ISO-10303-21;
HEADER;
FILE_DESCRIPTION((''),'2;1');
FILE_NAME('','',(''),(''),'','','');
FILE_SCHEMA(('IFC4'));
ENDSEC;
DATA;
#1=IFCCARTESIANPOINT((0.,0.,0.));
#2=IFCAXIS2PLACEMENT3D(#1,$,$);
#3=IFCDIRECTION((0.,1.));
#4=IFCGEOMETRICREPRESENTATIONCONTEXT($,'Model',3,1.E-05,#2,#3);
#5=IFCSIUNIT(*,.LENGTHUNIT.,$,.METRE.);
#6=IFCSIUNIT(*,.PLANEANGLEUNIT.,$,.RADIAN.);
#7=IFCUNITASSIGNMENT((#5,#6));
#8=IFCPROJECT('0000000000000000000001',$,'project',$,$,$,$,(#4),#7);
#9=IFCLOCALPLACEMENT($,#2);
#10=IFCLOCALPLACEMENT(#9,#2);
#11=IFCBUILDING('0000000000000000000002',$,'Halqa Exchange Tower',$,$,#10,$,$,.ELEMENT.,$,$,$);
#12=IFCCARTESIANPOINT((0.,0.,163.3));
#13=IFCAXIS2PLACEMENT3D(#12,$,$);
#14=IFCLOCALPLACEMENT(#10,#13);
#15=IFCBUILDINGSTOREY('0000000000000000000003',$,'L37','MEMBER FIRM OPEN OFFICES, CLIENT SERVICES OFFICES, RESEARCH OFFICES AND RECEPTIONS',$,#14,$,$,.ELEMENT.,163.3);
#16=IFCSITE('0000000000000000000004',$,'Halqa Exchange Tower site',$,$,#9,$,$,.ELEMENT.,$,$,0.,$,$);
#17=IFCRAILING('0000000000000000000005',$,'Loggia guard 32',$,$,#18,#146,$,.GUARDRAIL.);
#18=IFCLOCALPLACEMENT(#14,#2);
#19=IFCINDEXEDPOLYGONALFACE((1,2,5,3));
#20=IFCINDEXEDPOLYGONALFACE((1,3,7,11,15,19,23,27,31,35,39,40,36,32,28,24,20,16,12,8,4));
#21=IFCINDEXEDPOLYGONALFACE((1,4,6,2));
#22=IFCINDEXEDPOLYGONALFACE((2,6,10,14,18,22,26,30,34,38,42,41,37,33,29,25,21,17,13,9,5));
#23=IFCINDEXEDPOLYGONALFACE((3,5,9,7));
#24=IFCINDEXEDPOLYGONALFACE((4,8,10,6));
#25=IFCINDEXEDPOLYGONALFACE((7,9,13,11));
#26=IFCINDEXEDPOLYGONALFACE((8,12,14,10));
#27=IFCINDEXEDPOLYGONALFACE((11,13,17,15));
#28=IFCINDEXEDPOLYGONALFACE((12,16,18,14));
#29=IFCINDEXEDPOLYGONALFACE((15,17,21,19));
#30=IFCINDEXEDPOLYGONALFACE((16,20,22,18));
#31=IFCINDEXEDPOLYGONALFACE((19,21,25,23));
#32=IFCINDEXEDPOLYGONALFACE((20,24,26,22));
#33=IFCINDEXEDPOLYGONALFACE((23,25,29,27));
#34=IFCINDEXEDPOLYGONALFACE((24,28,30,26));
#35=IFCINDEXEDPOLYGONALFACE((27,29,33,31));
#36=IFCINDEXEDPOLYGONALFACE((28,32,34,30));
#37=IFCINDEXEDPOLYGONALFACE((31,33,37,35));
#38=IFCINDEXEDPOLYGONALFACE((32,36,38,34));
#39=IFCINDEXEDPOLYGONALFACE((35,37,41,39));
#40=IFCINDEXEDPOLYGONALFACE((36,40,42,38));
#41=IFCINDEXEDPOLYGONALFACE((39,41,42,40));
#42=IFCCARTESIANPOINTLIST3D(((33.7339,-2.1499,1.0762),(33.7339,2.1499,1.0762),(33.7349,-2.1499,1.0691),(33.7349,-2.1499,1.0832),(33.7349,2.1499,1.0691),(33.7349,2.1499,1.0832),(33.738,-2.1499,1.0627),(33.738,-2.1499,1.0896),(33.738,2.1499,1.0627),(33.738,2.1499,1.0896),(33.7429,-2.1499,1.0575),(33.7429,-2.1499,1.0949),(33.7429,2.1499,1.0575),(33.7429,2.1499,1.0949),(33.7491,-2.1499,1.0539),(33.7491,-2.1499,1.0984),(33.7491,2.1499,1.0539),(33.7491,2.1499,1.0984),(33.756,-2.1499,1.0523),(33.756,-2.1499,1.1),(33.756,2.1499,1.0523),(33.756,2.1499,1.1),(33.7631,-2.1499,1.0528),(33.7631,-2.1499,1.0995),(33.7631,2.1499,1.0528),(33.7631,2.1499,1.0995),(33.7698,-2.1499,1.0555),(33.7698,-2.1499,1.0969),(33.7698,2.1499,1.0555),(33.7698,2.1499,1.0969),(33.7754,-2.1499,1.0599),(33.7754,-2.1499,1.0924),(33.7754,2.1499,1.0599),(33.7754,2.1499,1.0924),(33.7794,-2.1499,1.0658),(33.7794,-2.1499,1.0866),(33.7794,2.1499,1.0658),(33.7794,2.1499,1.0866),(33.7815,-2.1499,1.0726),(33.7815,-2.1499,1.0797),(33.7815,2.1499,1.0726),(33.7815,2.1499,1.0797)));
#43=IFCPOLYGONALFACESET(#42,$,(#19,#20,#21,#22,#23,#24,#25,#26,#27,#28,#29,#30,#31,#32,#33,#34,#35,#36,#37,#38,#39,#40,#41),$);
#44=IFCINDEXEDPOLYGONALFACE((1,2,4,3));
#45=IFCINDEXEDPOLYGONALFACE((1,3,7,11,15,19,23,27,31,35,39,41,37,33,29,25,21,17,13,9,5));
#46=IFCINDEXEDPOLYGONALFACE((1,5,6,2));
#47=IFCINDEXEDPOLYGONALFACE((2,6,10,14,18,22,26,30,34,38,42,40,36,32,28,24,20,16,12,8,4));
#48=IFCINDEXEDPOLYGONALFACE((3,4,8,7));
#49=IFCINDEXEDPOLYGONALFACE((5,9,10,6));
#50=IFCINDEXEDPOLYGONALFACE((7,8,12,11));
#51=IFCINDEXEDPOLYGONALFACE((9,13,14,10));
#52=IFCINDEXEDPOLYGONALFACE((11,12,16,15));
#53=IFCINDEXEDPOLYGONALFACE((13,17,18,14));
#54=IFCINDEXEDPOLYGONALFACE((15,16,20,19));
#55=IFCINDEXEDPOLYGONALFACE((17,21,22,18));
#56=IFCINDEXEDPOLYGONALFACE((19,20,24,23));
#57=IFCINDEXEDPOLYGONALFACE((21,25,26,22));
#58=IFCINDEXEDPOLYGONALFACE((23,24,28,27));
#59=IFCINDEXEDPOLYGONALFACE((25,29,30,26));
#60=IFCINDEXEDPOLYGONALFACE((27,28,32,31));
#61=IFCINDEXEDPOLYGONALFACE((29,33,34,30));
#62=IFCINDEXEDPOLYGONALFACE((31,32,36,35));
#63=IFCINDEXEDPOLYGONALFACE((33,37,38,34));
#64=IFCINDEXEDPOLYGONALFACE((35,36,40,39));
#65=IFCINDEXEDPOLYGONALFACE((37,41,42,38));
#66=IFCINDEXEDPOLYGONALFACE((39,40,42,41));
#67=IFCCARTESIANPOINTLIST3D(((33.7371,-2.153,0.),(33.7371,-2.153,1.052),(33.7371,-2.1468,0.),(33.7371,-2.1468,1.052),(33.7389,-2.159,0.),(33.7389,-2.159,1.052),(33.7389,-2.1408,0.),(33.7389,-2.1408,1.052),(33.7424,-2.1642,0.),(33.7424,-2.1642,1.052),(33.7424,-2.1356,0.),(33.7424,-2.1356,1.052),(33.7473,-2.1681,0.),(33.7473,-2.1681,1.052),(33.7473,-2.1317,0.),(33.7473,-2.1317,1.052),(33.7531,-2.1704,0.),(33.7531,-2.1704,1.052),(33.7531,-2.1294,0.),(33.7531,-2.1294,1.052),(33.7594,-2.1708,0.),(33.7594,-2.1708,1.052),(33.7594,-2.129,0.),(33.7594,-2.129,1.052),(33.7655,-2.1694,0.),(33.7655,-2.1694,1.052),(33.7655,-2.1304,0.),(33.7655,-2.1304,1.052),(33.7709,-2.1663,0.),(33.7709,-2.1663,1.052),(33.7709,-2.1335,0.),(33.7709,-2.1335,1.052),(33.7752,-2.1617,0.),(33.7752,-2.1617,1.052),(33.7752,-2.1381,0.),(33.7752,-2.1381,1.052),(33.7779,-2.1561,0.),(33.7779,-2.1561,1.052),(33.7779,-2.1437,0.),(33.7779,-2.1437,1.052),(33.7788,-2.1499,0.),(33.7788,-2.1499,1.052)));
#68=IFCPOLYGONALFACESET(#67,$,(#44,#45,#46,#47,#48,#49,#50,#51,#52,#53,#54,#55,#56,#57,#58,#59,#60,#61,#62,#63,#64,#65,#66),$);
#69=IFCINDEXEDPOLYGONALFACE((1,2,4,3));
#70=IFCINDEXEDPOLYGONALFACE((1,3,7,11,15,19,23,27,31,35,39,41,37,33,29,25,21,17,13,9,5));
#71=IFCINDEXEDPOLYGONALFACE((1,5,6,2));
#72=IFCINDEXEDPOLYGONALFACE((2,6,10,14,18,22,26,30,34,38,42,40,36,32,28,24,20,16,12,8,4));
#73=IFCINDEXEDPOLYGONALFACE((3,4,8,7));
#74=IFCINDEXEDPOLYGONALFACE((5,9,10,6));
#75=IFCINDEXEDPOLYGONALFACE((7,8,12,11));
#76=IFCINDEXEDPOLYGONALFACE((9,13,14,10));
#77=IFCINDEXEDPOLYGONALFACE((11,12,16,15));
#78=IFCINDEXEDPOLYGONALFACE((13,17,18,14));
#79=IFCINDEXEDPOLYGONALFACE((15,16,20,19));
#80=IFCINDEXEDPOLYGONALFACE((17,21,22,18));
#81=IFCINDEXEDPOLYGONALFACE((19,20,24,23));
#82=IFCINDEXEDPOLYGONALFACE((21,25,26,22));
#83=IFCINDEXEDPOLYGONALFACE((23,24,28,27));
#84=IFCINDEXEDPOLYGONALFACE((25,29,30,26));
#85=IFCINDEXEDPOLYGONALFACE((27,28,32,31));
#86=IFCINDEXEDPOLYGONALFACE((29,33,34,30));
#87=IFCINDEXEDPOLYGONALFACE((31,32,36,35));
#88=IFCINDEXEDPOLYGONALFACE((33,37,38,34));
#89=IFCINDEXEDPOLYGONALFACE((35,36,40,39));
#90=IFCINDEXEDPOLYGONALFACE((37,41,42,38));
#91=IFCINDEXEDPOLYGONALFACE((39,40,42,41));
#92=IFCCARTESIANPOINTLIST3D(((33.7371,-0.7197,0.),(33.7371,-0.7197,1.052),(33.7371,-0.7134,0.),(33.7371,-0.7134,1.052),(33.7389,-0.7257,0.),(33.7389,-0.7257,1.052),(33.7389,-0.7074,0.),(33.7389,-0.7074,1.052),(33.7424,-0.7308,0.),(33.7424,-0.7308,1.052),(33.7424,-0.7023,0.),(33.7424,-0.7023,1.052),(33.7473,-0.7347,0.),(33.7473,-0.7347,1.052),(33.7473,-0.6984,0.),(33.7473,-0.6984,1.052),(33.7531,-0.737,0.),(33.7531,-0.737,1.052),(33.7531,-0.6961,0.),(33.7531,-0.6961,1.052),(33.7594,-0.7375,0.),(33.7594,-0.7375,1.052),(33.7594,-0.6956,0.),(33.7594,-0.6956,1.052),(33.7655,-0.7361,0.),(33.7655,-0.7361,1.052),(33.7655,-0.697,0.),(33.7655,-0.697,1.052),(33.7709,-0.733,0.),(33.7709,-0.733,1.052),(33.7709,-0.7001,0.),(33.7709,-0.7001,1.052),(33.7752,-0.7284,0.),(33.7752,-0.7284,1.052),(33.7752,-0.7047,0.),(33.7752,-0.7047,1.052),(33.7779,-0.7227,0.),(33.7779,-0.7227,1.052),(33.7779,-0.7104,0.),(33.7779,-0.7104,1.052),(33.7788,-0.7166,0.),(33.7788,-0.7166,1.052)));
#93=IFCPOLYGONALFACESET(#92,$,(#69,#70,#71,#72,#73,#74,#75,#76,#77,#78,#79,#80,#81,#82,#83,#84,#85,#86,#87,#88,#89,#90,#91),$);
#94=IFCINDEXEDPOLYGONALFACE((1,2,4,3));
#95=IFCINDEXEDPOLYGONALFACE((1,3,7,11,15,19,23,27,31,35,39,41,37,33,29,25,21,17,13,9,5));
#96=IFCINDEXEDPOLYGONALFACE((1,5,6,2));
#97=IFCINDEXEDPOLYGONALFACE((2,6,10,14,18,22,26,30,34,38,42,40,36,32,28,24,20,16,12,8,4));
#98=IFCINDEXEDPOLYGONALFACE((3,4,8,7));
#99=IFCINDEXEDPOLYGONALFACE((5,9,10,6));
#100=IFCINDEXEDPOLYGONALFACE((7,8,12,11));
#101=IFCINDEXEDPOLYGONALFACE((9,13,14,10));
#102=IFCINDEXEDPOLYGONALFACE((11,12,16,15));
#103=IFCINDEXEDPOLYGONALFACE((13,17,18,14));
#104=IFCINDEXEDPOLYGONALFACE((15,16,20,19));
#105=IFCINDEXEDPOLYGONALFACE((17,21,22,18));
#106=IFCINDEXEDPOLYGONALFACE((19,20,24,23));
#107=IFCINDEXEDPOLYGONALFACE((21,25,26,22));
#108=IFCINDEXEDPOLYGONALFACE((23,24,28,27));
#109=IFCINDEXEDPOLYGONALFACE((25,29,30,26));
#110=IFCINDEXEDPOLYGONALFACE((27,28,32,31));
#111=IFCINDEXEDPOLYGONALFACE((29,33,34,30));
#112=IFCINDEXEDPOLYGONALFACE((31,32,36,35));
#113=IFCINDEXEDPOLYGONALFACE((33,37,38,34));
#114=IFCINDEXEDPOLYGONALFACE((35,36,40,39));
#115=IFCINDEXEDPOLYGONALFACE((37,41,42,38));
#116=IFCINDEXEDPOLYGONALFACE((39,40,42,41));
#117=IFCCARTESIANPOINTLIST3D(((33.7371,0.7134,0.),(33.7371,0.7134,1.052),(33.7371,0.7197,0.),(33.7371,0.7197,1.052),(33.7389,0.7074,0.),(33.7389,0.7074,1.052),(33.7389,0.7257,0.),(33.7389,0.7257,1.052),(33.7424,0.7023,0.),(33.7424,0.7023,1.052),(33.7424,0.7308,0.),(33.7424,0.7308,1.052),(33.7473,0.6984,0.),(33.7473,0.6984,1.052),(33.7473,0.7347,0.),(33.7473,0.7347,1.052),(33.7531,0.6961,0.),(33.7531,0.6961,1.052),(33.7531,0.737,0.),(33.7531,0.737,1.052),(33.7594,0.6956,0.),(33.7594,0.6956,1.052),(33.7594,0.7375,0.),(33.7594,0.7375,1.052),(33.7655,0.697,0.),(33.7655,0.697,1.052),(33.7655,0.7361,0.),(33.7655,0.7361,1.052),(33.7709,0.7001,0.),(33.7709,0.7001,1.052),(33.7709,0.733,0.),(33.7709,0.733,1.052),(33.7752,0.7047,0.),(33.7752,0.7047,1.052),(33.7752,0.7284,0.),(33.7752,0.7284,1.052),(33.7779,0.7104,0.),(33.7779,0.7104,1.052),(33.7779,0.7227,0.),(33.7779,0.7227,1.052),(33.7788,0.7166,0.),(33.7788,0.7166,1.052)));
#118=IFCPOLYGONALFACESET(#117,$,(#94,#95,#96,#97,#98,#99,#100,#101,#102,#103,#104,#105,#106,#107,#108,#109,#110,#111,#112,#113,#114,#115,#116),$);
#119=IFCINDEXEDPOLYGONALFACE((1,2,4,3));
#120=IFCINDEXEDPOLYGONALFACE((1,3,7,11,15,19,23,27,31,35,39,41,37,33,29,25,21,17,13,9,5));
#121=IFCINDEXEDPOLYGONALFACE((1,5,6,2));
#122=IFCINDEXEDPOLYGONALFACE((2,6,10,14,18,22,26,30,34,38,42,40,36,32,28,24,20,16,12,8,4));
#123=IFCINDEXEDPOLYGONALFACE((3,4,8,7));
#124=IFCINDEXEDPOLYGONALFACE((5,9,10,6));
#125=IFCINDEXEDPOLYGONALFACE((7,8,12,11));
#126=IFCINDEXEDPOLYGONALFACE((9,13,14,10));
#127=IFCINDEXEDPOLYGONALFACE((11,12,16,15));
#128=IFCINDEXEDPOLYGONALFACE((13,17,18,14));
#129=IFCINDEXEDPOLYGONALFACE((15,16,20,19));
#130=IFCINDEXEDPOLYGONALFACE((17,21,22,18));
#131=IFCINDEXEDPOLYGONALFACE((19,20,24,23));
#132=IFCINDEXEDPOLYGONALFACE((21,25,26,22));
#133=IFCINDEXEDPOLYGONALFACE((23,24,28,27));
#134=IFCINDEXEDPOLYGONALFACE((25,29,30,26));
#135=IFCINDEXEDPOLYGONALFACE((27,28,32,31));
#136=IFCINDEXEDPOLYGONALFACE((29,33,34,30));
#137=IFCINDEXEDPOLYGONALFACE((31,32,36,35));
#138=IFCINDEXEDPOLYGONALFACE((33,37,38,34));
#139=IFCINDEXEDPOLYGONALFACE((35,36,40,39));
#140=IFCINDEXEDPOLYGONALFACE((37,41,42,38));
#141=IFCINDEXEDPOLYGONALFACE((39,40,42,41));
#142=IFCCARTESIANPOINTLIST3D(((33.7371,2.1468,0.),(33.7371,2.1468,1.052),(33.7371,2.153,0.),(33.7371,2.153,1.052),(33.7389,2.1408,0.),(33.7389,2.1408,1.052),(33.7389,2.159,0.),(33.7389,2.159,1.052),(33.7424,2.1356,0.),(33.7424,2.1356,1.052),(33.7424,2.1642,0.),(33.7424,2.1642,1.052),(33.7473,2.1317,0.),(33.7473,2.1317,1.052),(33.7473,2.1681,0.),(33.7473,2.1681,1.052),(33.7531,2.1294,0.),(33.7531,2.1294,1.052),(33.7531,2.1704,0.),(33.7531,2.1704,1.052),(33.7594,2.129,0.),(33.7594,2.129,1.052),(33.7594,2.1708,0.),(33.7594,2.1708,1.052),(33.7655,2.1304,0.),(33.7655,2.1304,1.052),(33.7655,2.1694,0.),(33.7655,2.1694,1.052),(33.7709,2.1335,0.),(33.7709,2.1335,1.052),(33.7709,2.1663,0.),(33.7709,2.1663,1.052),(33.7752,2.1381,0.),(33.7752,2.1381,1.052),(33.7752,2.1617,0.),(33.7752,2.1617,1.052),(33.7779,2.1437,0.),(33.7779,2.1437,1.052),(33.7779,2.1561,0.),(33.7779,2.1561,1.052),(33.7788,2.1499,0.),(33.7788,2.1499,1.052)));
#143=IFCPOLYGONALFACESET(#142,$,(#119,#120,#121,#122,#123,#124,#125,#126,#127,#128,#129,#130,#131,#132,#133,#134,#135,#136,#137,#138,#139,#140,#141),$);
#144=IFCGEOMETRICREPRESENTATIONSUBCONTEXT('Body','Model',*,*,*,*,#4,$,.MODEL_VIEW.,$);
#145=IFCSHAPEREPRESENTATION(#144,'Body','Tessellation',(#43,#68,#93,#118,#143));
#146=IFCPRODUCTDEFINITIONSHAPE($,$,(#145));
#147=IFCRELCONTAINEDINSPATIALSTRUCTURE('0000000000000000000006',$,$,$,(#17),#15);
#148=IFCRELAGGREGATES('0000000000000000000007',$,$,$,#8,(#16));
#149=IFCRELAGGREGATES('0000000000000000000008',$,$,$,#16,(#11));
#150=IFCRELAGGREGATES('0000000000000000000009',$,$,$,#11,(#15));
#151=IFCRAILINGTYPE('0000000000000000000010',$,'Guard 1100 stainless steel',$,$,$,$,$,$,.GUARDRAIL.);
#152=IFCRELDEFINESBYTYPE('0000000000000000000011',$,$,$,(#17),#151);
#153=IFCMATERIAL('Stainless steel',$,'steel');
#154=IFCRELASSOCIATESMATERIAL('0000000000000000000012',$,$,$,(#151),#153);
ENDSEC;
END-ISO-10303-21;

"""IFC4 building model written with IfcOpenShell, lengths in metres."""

from ifc_helpers import new_model, si_unit, direction, frame, origin, origin_2d, place, context, subcontext, project, spatial, circle, extrude, material, type_object, element, save


model = new_model("IFC4")

# Units and contexts
model_context = context("Model", 3, precision=1e-05, world=origin(), true_north=direction((0.0, 1.0)))
body_context = subcontext(model_context, "Body", "Model", "MODEL_VIEW")
ifc_project = project(units=[si_unit("LENGTHUNIT", "METRE"), si_unit("PLANEANGLEUNIT", "RADIAN")], contexts=[model_context])

# Site, building, storey
site_placement = place(None, origin())
site = spatial("IfcSite", under=ifc_project, at=site_placement, Name="Halqa Exchange Tower site", CompositionType="ELEMENT", RefElevation=0.0)
building_placement = place(site_placement, origin())
building = spatial("IfcBuilding", under=site, at=building_placement, Name="Halqa Exchange Tower", CompositionType="ELEMENT")
storey_placement = place(building_placement, frame((0.0, 0.0, 163.3)))
storey = spatial("IfcBuildingStorey", under=building, at=storey_placement, Name="L37", Description="MEMBER FIRM OPEN OFFICES, CLIENT SERVICES OFFICES, RESEARCH OFFICES AND RECEPTIONS", CompositionType="ELEMENT", Elevation=163.3)

# Railing
ifc_material_1 = material(Name="Stainless steel", Category="steel")
railing_type = type_object("IfcRailingType", Name="Guard 1100 stainless steel", PredefinedType="GUARDRAIL", material=ifc_material_1)
railing_1_placement = place(storey_placement, frame((33.7578, -2.1499, 0.0)))
element("IfcRailing", 1, at=railing_1_placement, inside=storey, type_object=railing_type, Name="Loggia guard 32", PredefinedType="GUARDRAIL", context=body_context, shape_type="SweptSolid", body=[
    extrude(circle(Radius=0.0239, at=origin_2d()), frame((0.0, 0.0, 1.0762), z_axis=(0.0, 1.0, 0.0), x_axis=(-1.0, 0.0, 0.0)), (0.0, 0.0, 1.0), 4.2998),
    extrude(circle(Radius=0.021, at=origin_2d()), origin(), (0.0, 0.0, 1.0), 1.052),
    extrude(circle(Radius=0.021, at=origin_2d()), frame((0.0, 1.4333, 0.0)), (0.0, 0.0, 1.0), 1.052),
    extrude(circle(Radius=0.021, at=origin_2d()), frame((0.0, 2.8665, 0.0)), (0.0, 0.0, 1.0), 1.052),
    extrude(circle(Radius=0.021, at=origin_2d()), frame((0.0, 4.2998, 0.0)), (0.0, 0.0, 1.0), 1.052),
])

save(model, "model.ifc")
